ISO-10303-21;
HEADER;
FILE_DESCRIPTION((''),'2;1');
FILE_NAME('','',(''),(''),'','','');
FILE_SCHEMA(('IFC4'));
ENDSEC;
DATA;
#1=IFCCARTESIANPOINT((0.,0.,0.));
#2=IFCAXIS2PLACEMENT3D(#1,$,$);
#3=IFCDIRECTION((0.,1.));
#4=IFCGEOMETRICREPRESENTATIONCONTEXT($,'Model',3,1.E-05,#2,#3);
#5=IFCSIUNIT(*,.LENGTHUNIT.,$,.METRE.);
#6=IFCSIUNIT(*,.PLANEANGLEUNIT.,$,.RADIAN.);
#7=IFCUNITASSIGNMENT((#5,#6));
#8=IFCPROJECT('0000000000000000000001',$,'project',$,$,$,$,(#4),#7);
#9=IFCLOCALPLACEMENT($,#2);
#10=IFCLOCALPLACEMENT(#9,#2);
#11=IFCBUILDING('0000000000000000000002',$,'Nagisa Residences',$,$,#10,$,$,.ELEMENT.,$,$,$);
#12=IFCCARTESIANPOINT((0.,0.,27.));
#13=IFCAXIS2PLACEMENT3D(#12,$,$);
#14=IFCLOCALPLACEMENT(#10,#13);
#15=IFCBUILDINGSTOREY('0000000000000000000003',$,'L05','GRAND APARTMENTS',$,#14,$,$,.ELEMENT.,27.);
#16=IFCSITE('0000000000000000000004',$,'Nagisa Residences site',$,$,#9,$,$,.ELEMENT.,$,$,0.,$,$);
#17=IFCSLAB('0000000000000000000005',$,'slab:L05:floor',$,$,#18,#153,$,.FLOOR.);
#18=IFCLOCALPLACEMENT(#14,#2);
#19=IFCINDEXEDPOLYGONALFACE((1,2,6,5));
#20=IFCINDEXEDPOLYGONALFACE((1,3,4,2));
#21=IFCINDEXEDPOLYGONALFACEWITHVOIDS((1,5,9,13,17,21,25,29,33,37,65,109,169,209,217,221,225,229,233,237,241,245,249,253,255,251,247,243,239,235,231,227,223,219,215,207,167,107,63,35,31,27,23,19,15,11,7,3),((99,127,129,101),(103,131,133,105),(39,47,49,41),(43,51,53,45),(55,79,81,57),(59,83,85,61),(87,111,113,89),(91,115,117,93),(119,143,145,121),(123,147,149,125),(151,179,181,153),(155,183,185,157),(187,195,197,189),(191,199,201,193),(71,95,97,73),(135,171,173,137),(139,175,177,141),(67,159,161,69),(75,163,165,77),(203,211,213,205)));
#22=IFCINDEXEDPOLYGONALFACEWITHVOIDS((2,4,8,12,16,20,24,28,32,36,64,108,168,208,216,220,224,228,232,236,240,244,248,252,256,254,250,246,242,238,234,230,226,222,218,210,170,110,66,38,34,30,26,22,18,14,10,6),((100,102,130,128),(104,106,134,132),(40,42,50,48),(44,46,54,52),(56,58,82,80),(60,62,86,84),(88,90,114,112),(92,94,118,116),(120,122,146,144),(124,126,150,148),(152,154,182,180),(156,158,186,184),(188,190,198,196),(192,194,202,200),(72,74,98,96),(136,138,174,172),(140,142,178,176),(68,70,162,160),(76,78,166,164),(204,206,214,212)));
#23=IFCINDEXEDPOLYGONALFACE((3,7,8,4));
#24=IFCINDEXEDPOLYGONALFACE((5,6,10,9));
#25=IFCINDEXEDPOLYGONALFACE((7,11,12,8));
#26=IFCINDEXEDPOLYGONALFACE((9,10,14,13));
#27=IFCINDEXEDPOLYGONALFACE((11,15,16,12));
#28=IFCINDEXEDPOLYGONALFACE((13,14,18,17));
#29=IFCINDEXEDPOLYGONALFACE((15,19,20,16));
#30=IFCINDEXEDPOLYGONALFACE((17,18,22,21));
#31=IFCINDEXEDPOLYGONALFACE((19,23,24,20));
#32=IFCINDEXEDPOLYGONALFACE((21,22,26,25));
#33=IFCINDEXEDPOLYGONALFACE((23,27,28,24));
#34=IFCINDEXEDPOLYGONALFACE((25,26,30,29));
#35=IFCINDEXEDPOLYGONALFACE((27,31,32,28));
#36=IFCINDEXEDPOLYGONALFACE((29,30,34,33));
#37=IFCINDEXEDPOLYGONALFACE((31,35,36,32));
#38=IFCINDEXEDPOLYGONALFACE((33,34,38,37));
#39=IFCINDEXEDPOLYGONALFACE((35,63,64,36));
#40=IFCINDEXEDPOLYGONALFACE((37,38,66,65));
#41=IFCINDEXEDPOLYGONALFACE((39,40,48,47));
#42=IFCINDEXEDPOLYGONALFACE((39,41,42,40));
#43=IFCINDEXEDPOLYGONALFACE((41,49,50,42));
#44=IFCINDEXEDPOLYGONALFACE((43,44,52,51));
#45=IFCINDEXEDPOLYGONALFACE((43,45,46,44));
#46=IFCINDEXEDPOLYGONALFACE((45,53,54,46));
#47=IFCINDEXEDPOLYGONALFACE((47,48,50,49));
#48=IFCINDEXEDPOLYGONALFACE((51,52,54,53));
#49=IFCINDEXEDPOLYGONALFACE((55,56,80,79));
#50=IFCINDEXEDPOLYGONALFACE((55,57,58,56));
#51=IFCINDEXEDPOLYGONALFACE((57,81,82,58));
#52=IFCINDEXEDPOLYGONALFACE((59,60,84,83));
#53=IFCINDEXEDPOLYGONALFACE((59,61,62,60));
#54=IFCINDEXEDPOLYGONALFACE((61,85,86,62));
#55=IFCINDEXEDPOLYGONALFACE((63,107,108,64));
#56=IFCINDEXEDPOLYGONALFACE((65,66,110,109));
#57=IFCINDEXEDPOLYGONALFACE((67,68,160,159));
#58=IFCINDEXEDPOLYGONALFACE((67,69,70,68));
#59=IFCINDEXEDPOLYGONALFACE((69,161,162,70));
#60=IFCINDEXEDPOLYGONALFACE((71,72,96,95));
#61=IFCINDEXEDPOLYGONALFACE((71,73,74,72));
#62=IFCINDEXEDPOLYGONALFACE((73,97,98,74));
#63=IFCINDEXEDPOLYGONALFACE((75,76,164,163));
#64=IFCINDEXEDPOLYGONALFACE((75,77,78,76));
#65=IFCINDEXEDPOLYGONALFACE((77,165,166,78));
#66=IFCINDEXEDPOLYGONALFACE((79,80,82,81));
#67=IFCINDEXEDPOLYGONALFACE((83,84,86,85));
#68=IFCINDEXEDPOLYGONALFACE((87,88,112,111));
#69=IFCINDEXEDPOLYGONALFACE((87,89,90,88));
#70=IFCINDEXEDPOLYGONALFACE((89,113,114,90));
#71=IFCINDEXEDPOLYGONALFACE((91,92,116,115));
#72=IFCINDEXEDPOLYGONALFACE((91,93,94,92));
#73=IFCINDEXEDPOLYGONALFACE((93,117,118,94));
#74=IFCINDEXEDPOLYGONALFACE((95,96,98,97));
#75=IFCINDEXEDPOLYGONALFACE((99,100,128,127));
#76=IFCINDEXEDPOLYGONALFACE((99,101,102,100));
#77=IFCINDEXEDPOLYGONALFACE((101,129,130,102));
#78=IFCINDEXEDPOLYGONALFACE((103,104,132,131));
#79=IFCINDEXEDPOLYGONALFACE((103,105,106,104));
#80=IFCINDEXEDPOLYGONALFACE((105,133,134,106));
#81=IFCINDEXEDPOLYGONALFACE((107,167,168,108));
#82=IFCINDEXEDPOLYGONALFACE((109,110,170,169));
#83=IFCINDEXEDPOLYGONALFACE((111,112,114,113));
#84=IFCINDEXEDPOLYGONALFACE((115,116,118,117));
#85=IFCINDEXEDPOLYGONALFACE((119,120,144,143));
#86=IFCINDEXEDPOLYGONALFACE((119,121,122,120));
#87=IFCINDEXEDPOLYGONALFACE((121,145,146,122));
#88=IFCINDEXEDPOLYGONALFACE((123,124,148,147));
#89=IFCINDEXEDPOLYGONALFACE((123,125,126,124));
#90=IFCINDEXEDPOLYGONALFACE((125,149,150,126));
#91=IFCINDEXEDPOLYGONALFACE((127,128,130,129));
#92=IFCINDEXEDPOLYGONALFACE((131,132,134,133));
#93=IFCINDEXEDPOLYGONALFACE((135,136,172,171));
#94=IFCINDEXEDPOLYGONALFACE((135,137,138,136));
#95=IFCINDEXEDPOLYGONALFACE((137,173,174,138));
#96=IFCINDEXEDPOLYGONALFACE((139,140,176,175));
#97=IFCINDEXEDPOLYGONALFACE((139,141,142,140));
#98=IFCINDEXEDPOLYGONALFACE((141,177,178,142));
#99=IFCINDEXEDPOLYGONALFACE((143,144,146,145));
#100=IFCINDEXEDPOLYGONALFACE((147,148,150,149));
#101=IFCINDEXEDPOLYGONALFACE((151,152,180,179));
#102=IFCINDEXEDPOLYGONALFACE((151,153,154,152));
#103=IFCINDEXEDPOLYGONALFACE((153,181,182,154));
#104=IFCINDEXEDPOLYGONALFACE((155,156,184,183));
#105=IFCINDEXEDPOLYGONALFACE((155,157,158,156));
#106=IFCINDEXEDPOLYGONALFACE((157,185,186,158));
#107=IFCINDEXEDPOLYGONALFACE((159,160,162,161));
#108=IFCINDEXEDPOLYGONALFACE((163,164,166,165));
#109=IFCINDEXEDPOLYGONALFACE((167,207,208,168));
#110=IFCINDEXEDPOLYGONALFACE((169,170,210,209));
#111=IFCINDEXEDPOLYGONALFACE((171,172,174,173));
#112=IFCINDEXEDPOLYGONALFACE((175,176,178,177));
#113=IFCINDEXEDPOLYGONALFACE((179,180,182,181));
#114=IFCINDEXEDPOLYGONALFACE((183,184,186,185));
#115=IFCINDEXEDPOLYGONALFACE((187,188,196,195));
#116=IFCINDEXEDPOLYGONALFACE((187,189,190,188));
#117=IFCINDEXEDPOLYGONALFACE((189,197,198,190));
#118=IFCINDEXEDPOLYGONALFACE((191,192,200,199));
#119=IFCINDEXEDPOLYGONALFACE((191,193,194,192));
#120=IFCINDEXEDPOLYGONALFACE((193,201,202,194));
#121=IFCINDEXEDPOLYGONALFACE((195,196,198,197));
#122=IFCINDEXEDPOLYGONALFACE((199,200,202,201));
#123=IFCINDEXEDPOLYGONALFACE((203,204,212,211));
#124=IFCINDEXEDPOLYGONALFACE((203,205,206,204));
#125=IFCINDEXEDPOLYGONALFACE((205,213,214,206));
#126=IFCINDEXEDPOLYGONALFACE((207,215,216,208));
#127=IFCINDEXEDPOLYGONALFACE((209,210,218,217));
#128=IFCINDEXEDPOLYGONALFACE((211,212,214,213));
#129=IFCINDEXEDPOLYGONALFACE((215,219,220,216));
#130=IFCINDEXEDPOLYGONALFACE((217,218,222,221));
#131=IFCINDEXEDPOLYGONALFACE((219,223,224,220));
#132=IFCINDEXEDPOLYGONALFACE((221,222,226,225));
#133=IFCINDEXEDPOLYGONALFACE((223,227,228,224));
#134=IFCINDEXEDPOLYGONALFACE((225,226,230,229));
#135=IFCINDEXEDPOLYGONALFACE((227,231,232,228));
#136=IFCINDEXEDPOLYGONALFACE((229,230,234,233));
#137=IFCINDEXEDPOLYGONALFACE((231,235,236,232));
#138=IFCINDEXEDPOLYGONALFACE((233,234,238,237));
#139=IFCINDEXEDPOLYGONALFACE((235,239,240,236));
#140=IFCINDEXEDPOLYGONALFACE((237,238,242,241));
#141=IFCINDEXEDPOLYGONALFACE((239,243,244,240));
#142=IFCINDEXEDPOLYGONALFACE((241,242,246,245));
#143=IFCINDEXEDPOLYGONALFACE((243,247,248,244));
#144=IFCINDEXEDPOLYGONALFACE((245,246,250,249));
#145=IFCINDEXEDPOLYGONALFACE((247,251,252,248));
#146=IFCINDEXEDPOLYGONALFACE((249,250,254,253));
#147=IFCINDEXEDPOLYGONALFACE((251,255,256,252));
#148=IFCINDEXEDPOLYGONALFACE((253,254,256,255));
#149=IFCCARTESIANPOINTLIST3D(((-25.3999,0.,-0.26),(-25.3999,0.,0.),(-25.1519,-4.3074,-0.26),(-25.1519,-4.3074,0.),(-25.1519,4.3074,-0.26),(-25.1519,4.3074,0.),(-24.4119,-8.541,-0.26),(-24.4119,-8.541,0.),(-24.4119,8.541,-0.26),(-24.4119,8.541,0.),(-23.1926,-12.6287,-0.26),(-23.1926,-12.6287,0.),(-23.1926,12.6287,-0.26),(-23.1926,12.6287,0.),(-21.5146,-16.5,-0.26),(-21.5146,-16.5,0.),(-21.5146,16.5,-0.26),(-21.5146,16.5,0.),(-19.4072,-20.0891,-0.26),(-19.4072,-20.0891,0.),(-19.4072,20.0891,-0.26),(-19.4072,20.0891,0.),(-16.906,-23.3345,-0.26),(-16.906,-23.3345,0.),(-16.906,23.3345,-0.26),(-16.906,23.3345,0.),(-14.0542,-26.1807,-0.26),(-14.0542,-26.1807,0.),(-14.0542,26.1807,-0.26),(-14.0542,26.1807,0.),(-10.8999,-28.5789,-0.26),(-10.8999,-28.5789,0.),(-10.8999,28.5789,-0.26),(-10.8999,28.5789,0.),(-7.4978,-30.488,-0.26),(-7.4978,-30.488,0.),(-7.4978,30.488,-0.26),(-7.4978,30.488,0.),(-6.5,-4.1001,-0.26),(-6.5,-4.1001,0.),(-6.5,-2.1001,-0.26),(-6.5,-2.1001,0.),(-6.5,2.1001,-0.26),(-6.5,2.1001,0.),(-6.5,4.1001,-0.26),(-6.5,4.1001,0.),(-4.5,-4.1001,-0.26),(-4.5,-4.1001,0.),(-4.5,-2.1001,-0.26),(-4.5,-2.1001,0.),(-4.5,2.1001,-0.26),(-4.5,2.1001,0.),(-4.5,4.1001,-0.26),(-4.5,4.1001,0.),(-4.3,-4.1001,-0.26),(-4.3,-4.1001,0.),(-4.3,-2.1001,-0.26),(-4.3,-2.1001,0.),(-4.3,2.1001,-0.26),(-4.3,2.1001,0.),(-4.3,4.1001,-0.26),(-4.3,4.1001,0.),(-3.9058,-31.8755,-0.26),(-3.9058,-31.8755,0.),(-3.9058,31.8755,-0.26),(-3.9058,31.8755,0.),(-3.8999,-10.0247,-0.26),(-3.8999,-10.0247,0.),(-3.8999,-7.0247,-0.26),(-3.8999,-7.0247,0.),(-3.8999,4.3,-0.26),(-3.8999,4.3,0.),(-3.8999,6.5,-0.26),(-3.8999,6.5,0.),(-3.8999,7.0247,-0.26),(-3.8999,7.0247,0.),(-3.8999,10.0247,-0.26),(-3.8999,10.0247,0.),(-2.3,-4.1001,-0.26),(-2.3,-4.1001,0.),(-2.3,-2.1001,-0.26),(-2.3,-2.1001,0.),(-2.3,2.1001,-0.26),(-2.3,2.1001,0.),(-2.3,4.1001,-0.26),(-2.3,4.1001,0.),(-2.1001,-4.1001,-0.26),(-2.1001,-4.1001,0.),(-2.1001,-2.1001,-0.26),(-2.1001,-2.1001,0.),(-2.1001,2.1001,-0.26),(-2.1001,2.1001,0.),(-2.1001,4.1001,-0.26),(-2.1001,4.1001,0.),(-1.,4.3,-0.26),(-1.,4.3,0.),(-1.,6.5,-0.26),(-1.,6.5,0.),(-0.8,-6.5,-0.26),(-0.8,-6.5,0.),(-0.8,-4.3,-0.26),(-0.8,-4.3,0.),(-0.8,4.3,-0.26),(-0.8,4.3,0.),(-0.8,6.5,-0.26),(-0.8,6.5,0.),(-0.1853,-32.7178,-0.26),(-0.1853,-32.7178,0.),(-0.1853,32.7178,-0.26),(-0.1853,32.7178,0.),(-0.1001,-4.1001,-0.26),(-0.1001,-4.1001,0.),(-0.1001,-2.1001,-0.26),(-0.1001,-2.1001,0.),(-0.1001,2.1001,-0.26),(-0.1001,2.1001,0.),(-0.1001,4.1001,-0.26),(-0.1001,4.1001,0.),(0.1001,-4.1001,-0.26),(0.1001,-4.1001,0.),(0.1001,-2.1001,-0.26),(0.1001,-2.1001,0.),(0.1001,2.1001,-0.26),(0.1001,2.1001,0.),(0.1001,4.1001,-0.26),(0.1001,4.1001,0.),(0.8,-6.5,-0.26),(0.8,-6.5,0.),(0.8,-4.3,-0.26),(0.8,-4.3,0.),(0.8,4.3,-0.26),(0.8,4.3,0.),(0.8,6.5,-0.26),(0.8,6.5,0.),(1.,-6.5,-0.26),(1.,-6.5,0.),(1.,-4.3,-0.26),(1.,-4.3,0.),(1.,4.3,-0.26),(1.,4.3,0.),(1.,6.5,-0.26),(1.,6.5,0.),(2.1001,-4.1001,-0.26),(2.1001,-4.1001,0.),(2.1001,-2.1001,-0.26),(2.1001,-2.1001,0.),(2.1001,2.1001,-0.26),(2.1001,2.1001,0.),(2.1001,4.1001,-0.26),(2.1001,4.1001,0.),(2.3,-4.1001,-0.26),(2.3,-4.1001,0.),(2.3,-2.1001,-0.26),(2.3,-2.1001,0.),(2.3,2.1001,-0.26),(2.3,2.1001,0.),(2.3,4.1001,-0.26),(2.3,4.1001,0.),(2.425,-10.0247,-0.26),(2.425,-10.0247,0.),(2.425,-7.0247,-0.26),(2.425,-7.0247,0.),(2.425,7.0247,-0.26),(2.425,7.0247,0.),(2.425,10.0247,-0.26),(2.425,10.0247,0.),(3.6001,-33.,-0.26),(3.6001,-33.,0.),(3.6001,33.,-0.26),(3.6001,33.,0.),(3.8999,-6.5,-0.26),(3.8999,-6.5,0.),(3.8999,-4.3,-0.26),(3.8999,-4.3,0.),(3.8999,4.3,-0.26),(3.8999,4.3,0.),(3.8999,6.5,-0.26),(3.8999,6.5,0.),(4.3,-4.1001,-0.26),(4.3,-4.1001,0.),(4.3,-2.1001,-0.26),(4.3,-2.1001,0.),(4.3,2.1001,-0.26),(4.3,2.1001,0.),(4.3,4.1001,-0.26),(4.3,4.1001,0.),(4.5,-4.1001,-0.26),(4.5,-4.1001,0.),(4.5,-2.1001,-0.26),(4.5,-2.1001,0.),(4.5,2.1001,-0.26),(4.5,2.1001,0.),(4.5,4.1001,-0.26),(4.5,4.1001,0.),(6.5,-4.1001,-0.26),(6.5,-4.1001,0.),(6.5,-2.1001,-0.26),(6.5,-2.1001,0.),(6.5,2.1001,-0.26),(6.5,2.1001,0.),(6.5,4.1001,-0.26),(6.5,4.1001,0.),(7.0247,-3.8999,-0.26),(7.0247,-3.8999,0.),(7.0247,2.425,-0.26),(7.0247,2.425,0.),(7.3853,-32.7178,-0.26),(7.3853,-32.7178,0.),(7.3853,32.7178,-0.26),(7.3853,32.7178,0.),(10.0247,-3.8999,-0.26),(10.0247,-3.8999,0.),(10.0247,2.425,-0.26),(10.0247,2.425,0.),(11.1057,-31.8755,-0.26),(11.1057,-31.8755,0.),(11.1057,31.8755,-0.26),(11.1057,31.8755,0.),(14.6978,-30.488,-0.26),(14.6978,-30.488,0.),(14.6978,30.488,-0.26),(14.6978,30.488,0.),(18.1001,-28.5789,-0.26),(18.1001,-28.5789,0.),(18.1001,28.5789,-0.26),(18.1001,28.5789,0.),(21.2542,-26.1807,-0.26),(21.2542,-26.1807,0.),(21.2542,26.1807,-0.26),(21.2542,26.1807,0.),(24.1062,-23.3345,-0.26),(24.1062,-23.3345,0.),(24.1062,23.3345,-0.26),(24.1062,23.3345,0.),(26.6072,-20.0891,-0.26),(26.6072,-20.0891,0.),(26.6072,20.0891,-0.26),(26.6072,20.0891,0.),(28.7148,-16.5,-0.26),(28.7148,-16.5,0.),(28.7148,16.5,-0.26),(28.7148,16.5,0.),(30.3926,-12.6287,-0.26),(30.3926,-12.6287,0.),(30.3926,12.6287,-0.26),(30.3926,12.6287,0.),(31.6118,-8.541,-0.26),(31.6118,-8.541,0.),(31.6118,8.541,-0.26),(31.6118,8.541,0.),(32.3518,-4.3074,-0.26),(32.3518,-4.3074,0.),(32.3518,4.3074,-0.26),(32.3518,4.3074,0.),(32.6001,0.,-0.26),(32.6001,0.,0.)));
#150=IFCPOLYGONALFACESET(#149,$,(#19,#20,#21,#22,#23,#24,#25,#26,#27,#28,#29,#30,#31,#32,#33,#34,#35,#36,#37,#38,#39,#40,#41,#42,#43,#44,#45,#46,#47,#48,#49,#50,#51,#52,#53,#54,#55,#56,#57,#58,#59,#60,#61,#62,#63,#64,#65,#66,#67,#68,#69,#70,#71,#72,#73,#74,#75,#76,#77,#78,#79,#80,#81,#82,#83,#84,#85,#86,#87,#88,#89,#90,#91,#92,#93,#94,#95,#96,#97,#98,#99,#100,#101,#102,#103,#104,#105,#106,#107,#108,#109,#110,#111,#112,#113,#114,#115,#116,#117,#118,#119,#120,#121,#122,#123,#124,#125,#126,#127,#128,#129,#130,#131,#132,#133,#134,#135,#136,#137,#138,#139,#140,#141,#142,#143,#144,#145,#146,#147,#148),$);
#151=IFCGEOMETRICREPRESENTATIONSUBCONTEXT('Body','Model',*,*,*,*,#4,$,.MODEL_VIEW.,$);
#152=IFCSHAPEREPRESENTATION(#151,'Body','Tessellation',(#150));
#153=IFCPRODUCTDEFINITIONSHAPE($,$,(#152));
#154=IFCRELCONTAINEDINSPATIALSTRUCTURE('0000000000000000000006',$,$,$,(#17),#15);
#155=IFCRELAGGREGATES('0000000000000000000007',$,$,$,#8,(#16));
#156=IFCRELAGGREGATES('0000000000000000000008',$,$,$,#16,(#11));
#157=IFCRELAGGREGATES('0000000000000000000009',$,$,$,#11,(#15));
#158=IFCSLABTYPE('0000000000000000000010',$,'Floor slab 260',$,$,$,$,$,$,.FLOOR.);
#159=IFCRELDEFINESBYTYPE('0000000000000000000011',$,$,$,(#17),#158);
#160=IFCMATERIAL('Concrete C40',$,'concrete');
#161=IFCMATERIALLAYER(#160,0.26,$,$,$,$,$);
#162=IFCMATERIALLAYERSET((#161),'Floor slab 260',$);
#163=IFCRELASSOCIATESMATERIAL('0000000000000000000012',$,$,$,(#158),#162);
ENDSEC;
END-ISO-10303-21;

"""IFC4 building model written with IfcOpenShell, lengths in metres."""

from ifc_helpers import new_model, si_unit, direction, frame, origin, place, context, subcontext, project, spatial, polyline, outline, extrude, material, layer, layer_set, type_object, element, save


model = new_model("IFC4")

# Units and contexts
model_context = context("Model", 3, precision=1e-05, world=origin(), true_north=direction((0.0, 1.0)))
body_context = subcontext(model_context, "Body", "Model", "MODEL_VIEW")
ifc_project = project(units=[si_unit("LENGTHUNIT", "METRE"), si_unit("PLANEANGLEUNIT", "RADIAN")], contexts=[model_context])

# Site, building, storey
site_placement = place(None, origin())
site = spatial("IfcSite", under=ifc_project, at=site_placement, Name="Nagisa Residences site", CompositionType="ELEMENT", RefElevation=0.0)
building_placement = place(site_placement, origin())
building = spatial("IfcBuilding", under=site, at=building_placement, Name="Nagisa Residences", CompositionType="ELEMENT")
storey_placement = place(building_placement, frame((0.0, 0.0, 27.0)))
storey = spatial("IfcBuildingStorey", under=building, at=storey_placement, Name="L05", Description="GRAND APARTMENTS", CompositionType="ELEMENT", Elevation=27.0)

# Slab
ifc_material_1 = material(Name="Concrete C40", Category="concrete")
ifc_layer_1 = layer(ifc_material_1, 0.26)
ifc_layer_set_1 = layer_set([ifc_layer_1], Name="Floor slab 260")
slab_type_1 = type_object("IfcSlabType", Name="Floor slab 260", PredefinedType="FLOOR", material=ifc_layer_set_1)
slab_1_placement = place(storey_placement, frame((0.0, 0.0, -0.26)))
element("IfcSlab", 1, at=slab_1_placement, inside=storey, type_object=slab_type_1, Name="slab:L05:floor", PredefinedType="FLOOR", context=body_context, shape_type="SweptSolid", body=[
    extrude(outline(polyline([(32.6001, 0.0), (32.3518, 4.3074), (31.6118, 8.541), (30.3926, 12.6287), (28.7148, 16.5), (26.6072, 20.0891), (24.1062, 23.3345), (21.2542, 26.1807), (18.1001, 28.5789), (14.6978, 30.488), (11.1057, 31.8755), (7.3853, 32.7178), (3.6001, 33.0), (-0.1853, 32.7178), (-3.9058, 31.8755), (-7.4978, 30.488), (-10.8999, 28.5789), (-14.0542, 26.1807), (-16.906, 23.3345), (-19.4072, 20.0891), (-21.5146, 16.5), (-23.1926, 12.6287), (-24.4119, 8.541), (-25.1519, 4.3074), (-25.3999, 0.0), (-25.1519, -4.3074), (-24.4119, -8.541), (-23.1926, -12.6287), (-21.5146, -16.5), (-19.4072, -20.0891), (-16.906, -23.3345), (-14.0542, -26.1807), (-10.8999, -28.5789), (-7.4978, -30.488), (-3.9058, -31.8755), (-0.1853, -32.7178), (3.6001, -33.0), (7.3853, -32.7178), (11.1057, -31.8755), (14.6978, -30.488), (18.1001, -28.5789), (21.2542, -26.1807), (24.1062, -23.3345), (26.6072, -20.0891), (28.7148, -16.5), (30.3926, -12.6287), (31.6118, -8.541), (32.3518, -4.3074), (32.6001, 0.0)]), holes=[polyline([(-4.5, 2.1001), (-4.5, 4.1001), (-6.5, 4.1001), (-6.5, 2.1001), (-4.5, 2.1001)]), polyline([(-2.3, 2.1001), (-2.3, 4.1001), (-4.3, 4.1001), (-4.3, 2.1001), (-2.3, 2.1001)]), polyline([(-0.1001, 2.1001), (-0.1001, 4.1001), (-2.1001, 4.1001), (-2.1001, 2.1001), (-0.1001, 2.1001)]), polyline([(2.1001, 2.1001), (2.1001, 4.1001), (0.1001, 4.1001), (0.1001, 2.1001), (2.1001, 2.1001)]), polyline([(4.3, 2.1001), (4.3, 4.1001), (2.3, 4.1001), (2.3, 2.1001), (4.3, 2.1001)]), polyline([(6.5, 2.1001), (6.5, 4.1001), (4.5, 4.1001), (4.5, 2.1001), (6.5, 2.1001)]), polyline([(-4.5, -4.1001), (-4.5, -2.1001), (-6.5, -2.1001), (-6.5, -4.1001), (-4.5, -4.1001)]), polyline([(-2.3, -4.1001), (-2.3, -2.1001), (-4.3, -2.1001), (-4.3, -4.1001), (-2.3, -4.1001)]), polyline([(-0.1001, -4.1001), (-0.1001, -2.1001), (-2.1001, -2.1001), (-2.1001, -4.1001), (-0.1001, -4.1001)]), polyline([(2.1001, -4.1001), (2.1001, -2.1001), (0.1001, -2.1001), (0.1001, -4.1001), (2.1001, -4.1001)]), polyline([(4.3, -4.1001), (4.3, -2.1001), (2.3, -2.1001), (2.3, -4.1001), (4.3, -4.1001)]), polyline([(6.5, -4.1001), (6.5, -2.1001), (4.5, -2.1001), (4.5, -4.1001), (6.5, -4.1001)]), polyline([(3.8999, 4.3), (3.8999, 6.5), (1.0, 6.5), (1.0, 4.3), (3.8999, 4.3)]), polyline([(3.8999, -6.5), (3.8999, -4.3), (1.0, -4.3), (1.0, -6.5), (3.8999, -6.5)]), polyline([(-1.0, 4.3), (-1.0, 6.5), (-3.8999, 6.5), (-3.8999, 4.3), (-1.0, 4.3)]), polyline([(0.8, 4.3), (0.8, 6.5), (-0.8, 6.5), (-0.8, 4.3), (0.8, 4.3)]), polyline([(0.8, -6.5), (0.8, -4.3), (-0.8, -4.3), (-0.8, -6.5), (0.8, -6.5)]), polyline([(10.0247, -3.8999), (7.0247, -3.8999), (7.0247, 2.425), (10.0247, 2.425), (10.0247, -3.8999)]), polyline([(-3.8999, 7.0247), (-3.8999, 10.0247), (2.425, 10.0247), (2.425, 7.0247), (-3.8999, 7.0247)]), polyline([(-3.8999, -10.0247), (-3.8999, -7.0247), (2.425, -7.0247), (2.425, -10.0247), (-3.8999, -10.0247)])]), origin(), (0.0, 0.0, 1.0), 0.26),
])

save(model, "model.ifc")
